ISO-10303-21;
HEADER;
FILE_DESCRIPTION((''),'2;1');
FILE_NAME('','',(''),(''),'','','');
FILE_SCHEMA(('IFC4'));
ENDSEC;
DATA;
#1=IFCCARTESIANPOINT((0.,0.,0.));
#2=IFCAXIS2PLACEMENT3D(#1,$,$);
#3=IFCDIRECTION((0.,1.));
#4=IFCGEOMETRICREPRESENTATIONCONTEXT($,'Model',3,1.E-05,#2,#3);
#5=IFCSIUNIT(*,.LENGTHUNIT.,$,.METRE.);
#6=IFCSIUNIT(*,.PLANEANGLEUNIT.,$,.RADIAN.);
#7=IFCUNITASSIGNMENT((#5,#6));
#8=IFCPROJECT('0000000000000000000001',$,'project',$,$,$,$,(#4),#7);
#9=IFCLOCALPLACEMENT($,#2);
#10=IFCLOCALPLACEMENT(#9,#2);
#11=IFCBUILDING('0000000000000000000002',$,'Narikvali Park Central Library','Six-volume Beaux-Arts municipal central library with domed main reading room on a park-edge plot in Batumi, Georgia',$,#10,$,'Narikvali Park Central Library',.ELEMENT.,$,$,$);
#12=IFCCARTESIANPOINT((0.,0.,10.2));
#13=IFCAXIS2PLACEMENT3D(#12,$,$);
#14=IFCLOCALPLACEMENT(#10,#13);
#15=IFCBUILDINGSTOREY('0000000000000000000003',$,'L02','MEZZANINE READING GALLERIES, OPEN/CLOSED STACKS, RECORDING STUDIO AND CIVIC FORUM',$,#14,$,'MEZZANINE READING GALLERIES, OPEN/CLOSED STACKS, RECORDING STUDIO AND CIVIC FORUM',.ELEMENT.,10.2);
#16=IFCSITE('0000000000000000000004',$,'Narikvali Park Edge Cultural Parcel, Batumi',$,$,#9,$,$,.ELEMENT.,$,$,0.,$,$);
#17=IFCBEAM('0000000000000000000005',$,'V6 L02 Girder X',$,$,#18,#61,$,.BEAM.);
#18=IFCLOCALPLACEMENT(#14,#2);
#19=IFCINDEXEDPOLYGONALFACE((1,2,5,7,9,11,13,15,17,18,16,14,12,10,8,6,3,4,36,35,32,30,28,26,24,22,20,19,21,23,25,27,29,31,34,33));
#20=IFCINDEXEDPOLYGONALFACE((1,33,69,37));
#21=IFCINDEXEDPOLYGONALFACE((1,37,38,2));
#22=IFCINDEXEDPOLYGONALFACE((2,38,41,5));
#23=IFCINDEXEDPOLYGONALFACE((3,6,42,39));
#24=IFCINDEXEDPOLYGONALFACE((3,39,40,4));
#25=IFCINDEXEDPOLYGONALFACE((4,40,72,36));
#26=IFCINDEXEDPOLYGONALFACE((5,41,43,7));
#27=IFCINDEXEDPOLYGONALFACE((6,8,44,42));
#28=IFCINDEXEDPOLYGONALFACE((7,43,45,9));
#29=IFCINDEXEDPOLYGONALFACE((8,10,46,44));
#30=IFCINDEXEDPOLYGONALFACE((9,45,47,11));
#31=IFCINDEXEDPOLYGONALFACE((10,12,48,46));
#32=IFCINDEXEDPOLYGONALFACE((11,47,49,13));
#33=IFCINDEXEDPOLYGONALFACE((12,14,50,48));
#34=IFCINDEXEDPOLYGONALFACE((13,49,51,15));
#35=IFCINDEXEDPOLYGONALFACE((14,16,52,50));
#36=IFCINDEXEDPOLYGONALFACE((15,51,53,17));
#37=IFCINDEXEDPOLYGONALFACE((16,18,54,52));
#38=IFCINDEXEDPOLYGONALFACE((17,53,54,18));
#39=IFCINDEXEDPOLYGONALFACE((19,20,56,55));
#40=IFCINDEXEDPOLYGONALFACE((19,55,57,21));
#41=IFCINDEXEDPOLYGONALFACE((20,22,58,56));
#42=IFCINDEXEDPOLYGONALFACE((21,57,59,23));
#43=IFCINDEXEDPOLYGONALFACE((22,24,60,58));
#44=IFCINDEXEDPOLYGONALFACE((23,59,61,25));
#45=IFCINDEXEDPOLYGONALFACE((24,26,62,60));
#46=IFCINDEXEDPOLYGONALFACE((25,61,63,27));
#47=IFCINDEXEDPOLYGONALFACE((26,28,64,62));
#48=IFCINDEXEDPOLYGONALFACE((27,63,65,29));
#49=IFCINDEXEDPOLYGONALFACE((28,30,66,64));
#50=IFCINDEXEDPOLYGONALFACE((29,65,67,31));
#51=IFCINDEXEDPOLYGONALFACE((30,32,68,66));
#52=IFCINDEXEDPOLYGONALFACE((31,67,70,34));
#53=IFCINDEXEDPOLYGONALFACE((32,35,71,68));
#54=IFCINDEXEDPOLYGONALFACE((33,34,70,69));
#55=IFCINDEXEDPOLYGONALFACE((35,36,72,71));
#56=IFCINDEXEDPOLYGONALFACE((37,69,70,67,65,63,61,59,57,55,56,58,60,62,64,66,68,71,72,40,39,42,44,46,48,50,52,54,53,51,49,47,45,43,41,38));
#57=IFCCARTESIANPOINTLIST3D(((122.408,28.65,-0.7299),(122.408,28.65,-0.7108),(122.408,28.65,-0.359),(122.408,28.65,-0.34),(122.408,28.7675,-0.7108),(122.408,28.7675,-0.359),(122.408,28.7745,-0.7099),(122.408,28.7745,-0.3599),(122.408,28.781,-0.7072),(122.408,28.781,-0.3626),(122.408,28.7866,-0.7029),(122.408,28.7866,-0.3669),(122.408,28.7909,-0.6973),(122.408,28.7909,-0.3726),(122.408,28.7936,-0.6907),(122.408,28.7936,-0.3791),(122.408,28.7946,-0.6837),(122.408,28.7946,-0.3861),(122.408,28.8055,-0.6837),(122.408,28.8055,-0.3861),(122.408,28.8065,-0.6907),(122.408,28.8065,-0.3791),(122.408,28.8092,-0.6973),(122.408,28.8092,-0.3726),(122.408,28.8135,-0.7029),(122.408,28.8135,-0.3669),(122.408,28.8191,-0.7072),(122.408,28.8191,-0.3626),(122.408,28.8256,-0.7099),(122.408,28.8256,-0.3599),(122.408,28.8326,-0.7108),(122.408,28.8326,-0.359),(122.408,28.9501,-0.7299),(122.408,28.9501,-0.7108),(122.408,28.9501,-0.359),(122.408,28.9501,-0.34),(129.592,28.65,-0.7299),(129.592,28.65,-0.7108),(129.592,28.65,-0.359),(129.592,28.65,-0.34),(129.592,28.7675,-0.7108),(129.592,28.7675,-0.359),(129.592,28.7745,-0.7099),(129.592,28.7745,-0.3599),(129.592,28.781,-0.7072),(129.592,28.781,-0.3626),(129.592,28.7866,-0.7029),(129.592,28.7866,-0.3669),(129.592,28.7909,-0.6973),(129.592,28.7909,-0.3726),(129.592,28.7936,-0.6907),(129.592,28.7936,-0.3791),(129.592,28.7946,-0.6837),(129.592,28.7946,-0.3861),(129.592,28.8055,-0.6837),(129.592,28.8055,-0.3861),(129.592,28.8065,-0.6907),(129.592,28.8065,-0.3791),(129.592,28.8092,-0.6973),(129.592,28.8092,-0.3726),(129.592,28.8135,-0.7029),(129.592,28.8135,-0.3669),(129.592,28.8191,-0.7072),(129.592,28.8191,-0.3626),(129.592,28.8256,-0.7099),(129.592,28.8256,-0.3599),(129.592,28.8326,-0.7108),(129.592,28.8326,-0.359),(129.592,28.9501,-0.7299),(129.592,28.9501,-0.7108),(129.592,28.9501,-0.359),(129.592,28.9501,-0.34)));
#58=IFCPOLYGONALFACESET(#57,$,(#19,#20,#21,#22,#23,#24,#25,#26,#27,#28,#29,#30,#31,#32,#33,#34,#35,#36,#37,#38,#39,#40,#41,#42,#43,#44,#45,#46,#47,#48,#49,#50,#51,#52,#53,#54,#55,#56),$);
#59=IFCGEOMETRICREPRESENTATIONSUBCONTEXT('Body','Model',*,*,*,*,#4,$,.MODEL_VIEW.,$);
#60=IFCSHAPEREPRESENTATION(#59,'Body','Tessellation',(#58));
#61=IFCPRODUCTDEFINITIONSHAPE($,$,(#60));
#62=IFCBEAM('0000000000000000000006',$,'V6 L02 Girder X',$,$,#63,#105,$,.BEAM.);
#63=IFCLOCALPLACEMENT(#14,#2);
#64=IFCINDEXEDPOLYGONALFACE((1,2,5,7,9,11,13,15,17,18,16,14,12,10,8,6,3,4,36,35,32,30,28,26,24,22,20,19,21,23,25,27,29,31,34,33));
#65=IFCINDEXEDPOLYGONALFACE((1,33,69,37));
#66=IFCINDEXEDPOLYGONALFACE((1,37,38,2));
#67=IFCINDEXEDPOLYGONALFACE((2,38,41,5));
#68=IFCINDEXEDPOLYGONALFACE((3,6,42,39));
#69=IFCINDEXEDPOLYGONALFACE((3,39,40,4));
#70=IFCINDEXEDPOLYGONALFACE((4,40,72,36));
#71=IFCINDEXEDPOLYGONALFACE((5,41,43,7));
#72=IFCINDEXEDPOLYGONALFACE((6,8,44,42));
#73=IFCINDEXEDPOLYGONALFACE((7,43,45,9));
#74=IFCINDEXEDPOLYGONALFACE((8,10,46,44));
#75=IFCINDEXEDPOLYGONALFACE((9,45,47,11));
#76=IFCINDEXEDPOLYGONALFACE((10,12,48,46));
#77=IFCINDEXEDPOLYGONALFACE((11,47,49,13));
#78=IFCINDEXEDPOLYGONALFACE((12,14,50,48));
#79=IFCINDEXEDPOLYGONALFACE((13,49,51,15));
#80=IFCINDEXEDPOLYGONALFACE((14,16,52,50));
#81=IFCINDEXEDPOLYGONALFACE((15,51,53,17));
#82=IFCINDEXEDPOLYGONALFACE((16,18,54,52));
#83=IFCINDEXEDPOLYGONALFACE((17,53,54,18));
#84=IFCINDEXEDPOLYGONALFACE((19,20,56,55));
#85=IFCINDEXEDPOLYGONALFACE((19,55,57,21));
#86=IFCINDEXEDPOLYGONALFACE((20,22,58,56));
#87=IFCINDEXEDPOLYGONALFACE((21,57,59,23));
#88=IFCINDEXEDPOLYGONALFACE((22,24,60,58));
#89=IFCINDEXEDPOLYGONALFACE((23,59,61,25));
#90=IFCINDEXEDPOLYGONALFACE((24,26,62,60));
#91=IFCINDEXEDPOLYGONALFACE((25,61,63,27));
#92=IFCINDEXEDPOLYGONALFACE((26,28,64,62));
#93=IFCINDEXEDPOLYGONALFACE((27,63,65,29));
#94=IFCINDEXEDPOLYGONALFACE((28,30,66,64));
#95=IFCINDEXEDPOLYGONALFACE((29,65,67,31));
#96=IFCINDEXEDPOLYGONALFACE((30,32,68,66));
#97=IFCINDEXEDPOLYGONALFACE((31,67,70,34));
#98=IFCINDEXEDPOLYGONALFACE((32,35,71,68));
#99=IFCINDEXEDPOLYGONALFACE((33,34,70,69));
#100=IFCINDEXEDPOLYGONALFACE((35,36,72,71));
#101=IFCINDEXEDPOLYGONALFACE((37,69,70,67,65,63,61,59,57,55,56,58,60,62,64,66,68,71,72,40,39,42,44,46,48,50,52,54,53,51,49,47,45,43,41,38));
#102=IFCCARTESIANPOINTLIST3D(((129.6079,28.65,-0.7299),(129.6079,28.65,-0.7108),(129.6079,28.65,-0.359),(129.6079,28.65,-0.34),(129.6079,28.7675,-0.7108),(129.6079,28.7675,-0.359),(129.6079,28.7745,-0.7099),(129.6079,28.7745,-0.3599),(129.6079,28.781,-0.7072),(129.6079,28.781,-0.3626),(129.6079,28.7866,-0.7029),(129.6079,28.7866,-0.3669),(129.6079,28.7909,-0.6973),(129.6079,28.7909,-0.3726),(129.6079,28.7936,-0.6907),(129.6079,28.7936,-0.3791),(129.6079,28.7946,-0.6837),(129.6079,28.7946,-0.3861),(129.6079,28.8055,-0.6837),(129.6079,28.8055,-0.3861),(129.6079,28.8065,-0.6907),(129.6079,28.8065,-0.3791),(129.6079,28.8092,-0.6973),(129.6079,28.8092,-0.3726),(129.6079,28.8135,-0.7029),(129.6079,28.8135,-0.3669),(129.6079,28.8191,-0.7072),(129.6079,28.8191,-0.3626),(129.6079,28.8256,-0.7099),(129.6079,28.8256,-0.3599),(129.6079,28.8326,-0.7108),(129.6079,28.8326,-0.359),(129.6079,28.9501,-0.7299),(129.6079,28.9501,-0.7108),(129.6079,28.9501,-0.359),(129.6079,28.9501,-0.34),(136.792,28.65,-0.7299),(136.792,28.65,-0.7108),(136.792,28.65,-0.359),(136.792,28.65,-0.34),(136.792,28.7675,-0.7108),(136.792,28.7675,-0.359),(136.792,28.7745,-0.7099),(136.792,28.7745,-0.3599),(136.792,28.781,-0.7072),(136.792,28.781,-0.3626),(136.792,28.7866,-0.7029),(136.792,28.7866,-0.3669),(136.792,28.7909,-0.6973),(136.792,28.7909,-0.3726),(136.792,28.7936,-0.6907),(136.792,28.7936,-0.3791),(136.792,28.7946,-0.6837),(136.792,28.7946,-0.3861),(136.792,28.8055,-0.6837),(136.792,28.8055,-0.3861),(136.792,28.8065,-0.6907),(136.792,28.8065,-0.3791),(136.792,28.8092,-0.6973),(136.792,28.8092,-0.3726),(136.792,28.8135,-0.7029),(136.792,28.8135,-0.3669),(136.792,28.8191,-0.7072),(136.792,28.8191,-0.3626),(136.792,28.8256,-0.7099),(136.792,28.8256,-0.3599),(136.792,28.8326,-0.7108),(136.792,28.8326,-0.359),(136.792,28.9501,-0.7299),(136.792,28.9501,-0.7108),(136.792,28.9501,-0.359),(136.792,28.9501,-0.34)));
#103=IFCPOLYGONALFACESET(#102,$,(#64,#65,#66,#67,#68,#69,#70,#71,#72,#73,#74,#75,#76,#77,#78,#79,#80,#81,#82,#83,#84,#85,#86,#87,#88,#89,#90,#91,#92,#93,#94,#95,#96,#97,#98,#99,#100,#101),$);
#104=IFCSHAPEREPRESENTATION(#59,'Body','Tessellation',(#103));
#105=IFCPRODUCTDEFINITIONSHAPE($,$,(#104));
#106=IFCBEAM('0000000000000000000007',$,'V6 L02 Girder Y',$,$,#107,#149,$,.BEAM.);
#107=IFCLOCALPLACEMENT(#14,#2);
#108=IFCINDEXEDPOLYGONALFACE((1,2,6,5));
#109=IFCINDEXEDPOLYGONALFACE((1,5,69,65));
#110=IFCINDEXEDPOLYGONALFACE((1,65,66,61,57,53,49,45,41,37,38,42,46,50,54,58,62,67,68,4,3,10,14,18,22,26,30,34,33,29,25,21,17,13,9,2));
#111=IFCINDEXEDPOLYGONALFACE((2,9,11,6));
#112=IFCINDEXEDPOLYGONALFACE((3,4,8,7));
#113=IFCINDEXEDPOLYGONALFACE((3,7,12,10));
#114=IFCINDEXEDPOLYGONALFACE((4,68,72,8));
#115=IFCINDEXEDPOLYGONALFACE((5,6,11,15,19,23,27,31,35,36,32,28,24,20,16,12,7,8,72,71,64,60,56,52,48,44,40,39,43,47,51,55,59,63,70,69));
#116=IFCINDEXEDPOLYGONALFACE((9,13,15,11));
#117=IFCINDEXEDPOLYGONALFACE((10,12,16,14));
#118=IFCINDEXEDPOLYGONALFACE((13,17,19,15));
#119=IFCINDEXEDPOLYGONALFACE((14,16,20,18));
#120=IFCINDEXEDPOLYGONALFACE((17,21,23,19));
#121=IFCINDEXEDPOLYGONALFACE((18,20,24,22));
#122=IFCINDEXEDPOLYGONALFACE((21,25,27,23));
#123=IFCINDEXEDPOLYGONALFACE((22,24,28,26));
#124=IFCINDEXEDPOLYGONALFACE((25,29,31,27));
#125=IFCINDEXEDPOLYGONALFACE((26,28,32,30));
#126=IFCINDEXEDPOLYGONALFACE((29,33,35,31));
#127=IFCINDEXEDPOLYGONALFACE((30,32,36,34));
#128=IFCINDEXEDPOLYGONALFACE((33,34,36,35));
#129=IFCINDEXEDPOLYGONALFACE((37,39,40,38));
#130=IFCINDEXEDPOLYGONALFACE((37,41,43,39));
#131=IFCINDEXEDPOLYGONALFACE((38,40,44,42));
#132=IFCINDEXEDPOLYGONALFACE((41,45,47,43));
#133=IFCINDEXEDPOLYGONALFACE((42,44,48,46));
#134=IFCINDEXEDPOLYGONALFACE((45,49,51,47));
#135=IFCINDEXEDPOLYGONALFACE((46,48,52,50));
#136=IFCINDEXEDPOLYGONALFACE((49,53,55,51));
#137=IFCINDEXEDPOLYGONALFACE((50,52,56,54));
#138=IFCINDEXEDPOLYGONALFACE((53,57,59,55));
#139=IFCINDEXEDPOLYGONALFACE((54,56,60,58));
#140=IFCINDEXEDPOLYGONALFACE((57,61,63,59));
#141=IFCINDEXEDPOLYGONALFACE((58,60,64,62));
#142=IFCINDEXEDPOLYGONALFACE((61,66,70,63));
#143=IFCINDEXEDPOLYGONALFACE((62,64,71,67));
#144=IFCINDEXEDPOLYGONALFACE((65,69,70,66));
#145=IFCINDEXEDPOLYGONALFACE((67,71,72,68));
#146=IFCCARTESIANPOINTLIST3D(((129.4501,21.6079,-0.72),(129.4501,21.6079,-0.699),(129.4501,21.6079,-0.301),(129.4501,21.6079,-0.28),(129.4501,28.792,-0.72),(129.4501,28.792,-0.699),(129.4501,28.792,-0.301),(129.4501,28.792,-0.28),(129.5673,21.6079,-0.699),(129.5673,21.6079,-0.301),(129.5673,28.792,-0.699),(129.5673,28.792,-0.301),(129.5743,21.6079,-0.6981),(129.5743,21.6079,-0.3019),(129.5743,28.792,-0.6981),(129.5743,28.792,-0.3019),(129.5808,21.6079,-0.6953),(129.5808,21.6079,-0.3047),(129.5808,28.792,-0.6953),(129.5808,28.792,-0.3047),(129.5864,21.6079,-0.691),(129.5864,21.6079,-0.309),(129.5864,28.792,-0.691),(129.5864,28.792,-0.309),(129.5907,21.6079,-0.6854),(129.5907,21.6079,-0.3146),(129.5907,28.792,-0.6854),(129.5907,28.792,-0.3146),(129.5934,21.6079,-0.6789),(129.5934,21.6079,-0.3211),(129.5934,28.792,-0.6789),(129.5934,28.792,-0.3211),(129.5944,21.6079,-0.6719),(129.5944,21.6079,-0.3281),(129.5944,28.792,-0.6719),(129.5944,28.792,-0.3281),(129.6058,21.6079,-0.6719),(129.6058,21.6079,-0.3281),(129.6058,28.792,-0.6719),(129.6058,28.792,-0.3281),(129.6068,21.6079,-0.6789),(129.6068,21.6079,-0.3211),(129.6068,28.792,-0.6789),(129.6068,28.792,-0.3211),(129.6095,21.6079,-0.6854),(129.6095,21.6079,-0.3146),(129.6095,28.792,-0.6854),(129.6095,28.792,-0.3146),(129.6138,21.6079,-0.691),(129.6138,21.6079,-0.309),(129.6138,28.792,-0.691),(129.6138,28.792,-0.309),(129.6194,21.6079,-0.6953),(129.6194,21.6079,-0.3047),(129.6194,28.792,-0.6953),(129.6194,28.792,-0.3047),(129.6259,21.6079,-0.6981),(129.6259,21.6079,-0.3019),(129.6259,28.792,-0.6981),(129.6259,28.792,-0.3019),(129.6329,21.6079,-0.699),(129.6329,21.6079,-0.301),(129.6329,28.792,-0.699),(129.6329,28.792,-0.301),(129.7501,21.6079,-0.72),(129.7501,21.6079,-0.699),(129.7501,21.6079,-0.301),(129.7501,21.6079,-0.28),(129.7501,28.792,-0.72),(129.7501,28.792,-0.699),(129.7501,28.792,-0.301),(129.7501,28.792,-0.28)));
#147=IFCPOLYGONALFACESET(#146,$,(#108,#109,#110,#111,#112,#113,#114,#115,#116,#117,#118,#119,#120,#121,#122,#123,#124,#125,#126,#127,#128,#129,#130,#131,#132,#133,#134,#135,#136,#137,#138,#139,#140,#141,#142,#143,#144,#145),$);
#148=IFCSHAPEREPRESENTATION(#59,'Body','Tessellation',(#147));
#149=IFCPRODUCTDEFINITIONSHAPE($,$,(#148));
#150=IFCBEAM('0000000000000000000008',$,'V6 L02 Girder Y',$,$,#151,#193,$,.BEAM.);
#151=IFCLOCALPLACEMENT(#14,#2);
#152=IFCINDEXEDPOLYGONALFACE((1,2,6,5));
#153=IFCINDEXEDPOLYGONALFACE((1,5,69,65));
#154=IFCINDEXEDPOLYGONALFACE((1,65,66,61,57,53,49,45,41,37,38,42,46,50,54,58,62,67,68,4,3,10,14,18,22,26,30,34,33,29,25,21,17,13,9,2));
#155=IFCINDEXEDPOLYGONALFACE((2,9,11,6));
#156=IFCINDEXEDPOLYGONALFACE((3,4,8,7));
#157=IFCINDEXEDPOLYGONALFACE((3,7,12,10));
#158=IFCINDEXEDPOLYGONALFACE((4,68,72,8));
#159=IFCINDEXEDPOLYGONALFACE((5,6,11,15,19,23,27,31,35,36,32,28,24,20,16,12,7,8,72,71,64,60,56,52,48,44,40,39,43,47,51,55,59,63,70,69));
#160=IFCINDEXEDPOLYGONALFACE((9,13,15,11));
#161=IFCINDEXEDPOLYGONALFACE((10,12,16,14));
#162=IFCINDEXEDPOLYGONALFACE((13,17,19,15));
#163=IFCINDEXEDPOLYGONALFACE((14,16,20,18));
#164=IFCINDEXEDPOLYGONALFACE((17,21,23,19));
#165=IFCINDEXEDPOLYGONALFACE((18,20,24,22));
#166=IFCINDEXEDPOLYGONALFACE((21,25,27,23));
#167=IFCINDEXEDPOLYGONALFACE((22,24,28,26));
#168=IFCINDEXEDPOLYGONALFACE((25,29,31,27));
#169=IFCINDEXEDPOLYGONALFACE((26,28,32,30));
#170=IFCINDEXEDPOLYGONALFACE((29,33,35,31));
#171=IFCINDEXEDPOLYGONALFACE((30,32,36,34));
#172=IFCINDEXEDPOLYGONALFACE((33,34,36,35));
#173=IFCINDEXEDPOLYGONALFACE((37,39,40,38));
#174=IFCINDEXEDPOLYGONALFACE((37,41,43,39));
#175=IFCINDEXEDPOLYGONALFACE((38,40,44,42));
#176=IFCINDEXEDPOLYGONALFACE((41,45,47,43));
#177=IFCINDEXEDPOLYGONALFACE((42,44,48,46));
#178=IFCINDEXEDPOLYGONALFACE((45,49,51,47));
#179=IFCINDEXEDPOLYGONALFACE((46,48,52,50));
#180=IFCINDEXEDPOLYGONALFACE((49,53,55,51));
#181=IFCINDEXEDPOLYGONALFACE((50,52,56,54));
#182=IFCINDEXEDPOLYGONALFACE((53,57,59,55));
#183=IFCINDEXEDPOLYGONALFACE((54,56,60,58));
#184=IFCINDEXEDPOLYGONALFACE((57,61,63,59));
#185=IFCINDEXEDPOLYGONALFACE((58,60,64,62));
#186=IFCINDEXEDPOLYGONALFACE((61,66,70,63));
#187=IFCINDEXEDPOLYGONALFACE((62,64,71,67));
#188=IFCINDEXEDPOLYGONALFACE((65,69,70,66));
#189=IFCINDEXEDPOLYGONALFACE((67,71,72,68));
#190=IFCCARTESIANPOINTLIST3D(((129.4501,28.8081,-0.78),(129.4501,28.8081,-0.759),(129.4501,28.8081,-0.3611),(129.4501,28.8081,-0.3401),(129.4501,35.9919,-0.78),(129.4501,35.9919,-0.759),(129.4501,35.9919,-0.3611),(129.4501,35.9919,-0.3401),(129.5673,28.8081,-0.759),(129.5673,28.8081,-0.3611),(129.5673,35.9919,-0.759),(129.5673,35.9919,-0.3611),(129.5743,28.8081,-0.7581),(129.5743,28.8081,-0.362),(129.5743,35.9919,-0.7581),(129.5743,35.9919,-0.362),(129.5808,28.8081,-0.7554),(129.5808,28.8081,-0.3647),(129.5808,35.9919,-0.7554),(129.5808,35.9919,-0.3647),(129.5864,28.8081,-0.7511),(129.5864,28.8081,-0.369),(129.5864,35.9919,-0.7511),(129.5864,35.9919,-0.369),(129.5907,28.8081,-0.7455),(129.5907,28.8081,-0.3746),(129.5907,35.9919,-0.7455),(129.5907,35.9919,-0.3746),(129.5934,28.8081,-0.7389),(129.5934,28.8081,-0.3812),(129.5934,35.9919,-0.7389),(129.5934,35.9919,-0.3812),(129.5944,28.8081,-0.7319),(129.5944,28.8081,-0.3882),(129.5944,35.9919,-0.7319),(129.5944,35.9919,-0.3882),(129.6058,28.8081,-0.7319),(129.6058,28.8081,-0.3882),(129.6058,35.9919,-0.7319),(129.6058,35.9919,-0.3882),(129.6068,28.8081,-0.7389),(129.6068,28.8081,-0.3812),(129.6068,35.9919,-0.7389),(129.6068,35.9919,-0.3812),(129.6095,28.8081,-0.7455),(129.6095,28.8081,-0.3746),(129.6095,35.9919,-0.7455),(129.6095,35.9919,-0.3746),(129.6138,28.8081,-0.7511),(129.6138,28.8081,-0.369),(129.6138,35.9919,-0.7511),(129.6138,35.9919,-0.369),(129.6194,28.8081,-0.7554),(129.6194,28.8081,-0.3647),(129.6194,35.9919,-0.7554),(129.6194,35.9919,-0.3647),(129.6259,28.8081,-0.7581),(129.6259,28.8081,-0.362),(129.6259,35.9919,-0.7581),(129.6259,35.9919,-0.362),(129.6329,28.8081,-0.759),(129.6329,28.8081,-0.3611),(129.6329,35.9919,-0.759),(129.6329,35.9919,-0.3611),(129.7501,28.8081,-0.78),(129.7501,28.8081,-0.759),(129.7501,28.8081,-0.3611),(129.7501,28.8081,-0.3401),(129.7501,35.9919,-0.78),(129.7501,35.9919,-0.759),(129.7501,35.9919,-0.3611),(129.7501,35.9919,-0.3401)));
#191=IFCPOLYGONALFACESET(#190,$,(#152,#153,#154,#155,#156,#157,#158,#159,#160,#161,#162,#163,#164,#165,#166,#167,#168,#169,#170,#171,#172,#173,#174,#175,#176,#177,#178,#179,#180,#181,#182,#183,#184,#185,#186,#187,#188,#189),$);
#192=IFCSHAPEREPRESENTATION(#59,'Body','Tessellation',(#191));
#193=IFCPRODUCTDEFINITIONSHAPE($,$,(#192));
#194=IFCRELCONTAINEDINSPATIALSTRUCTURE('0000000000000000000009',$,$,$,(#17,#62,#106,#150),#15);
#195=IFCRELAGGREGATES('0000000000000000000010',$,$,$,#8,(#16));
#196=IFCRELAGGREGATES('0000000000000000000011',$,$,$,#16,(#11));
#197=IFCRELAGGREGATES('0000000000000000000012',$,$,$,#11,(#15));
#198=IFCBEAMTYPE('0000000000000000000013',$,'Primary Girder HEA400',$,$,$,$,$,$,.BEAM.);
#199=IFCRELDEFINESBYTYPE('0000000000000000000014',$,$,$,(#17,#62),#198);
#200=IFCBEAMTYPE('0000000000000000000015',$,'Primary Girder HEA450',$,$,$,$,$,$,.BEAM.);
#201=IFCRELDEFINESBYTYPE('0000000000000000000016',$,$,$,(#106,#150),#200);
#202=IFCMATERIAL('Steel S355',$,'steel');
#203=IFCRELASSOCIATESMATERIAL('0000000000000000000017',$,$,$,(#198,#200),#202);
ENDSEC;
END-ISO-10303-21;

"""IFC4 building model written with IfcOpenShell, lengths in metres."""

from ifc_helpers import new_model, si_unit, direction, frame, origin, origin_2d, place, context, subcontext, project, spatial, i_section, extrude, material, material_profile, profile_set, type_object, element, save


model = new_model("IFC4")

# Units and contexts
model_context = context("Model", 3, precision=1e-05, world=origin(), true_north=direction((0.0, 1.0)))
body_context = subcontext(model_context, "Body", "Model", "MODEL_VIEW")
ifc_project = project(units=[si_unit("LENGTHUNIT", "METRE"), si_unit("PLANEANGLEUNIT", "RADIAN")], contexts=[model_context])

# Site, building, storey
site_placement = place(None, origin())
site = spatial("IfcSite", under=ifc_project, at=site_placement, Name="Narikvali Park Edge Cultural Parcel, Batumi", CompositionType="ELEMENT", RefElevation=0.0)
building_placement = place(site_placement, origin())
building = spatial("IfcBuilding", under=site, at=building_placement, Name="Narikvali Park Central Library", Description="Six-volume Beaux-Arts municipal central library with domed main reading room on a park-edge plot in Batumi, Georgia", LongName="Narikvali Park Central Library", CompositionType="ELEMENT")
storey_placement = place(building_placement, frame((0.0, 0.0, 10.2)))
storey = spatial("IfcBuildingStorey", under=building, at=storey_placement, Name="L02", Description="MEZZANINE READING GALLERIES, OPEN/CLOSED STACKS, RECORDING STUDIO AND CIVIC FORUM", LongName="MEZZANINE READING GALLERIES, OPEN/CLOSED STACKS, RECORDING STUDIO AND CIVIC FORUM", CompositionType="ELEMENT", Elevation=10.2)

# Shared definitions
ifc_material_1 = material(Name="Steel S355", Category="steel")

# Beams
ifc_material_profile_1 = material_profile(ifc_material_1, i_section(OverallWidth=0.3, OverallDepth=0.3899, WebThickness=0.011, FlangeThickness=0.019, FilletRadius=0.0271, at=origin_2d()), Name="HEA 400")
ifc_profile_set_1 = profile_set([ifc_material_profile_1], Name="Steel S355")
beam_type_1 = type_object("IfcBeamType", Name="Primary Girder HEA400", PredefinedType="BEAM", material=ifc_profile_set_1)
for number, where, z_axis, x_axis, name in (
    (1, (122.408, 28.8, -0.5349), (1.0, 0.0, 0.0), (0.0, 1.0, 0.0), "V6 L02 Girder X"),
    (2, (129.6079, 28.8, -0.5349), (1.0, 0.0, 0.0), (0.0, 1.0, 0.0), "V6 L02 Girder X"),
):
    element("IfcBeam", number, at=place(storey_placement, frame(where, z_axis=z_axis, x_axis=x_axis)), inside=storey, type_object=beam_type_1, Name=name, PredefinedType="BEAM", context=body_context, shape_type="SweptSolid", body=[
        extrude(i_section(OverallWidth=0.3, OverallDepth=0.3899, WebThickness=0.011, FlangeThickness=0.019, FilletRadius=0.0271, at=origin_2d()), origin(), (0.0, 0.0, 1.0), 7.1841),
    ])
ifc_material_profile_2 = material_profile(ifc_material_1, i_section(OverallWidth=0.3, OverallDepth=0.4399, WebThickness=0.0115, FlangeThickness=0.021, FilletRadius=0.0271, at=origin_2d()), Name="HEA 450")
ifc_profile_set_2 = profile_set([ifc_material_profile_2], Name="Steel S355")
beam_type_2 = type_object("IfcBeamType", Name="Primary Girder HEA450", PredefinedType="BEAM", material=ifc_profile_set_2)
beam_1_placement = place(storey_placement, frame((129.6001, 21.6079, -0.5), z_axis=(0.0, 1.0, 0.0), x_axis=(-1.0, 0.0, 0.0)))
element("IfcBeam", 3, at=beam_1_placement, inside=storey, type_object=beam_type_2, Name="V6 L02 Girder Y", PredefinedType="BEAM", context=body_context, shape_type="SweptSolid", body=[
    extrude(i_section(OverallWidth=0.3, OverallDepth=0.4399, WebThickness=0.0115, FlangeThickness=0.021, FilletRadius=0.0271, at=origin_2d()), origin(), (0.0, 0.0, 1.0), 7.1841),
])
beam_2_placement = place(storey_placement, frame((129.6001, 28.8081, -0.5601), z_axis=(0.0, 1.0, 0.0), x_axis=(-1.0, 0.0, 0.0)))
element("IfcBeam", 4, at=beam_2_placement, inside=storey, type_object=beam_type_2, Name="V6 L02 Girder Y", PredefinedType="BEAM", context=body_context, shape_type="SweptSolid", body=[
    extrude(i_section(OverallWidth=0.3, OverallDepth=0.4399, WebThickness=0.0115, FlangeThickness=0.021, FilletRadius=0.0271, at=origin_2d()), origin(), (0.0, 0.0, 1.0), 7.1838),
])

save(model, "model.ifc")
